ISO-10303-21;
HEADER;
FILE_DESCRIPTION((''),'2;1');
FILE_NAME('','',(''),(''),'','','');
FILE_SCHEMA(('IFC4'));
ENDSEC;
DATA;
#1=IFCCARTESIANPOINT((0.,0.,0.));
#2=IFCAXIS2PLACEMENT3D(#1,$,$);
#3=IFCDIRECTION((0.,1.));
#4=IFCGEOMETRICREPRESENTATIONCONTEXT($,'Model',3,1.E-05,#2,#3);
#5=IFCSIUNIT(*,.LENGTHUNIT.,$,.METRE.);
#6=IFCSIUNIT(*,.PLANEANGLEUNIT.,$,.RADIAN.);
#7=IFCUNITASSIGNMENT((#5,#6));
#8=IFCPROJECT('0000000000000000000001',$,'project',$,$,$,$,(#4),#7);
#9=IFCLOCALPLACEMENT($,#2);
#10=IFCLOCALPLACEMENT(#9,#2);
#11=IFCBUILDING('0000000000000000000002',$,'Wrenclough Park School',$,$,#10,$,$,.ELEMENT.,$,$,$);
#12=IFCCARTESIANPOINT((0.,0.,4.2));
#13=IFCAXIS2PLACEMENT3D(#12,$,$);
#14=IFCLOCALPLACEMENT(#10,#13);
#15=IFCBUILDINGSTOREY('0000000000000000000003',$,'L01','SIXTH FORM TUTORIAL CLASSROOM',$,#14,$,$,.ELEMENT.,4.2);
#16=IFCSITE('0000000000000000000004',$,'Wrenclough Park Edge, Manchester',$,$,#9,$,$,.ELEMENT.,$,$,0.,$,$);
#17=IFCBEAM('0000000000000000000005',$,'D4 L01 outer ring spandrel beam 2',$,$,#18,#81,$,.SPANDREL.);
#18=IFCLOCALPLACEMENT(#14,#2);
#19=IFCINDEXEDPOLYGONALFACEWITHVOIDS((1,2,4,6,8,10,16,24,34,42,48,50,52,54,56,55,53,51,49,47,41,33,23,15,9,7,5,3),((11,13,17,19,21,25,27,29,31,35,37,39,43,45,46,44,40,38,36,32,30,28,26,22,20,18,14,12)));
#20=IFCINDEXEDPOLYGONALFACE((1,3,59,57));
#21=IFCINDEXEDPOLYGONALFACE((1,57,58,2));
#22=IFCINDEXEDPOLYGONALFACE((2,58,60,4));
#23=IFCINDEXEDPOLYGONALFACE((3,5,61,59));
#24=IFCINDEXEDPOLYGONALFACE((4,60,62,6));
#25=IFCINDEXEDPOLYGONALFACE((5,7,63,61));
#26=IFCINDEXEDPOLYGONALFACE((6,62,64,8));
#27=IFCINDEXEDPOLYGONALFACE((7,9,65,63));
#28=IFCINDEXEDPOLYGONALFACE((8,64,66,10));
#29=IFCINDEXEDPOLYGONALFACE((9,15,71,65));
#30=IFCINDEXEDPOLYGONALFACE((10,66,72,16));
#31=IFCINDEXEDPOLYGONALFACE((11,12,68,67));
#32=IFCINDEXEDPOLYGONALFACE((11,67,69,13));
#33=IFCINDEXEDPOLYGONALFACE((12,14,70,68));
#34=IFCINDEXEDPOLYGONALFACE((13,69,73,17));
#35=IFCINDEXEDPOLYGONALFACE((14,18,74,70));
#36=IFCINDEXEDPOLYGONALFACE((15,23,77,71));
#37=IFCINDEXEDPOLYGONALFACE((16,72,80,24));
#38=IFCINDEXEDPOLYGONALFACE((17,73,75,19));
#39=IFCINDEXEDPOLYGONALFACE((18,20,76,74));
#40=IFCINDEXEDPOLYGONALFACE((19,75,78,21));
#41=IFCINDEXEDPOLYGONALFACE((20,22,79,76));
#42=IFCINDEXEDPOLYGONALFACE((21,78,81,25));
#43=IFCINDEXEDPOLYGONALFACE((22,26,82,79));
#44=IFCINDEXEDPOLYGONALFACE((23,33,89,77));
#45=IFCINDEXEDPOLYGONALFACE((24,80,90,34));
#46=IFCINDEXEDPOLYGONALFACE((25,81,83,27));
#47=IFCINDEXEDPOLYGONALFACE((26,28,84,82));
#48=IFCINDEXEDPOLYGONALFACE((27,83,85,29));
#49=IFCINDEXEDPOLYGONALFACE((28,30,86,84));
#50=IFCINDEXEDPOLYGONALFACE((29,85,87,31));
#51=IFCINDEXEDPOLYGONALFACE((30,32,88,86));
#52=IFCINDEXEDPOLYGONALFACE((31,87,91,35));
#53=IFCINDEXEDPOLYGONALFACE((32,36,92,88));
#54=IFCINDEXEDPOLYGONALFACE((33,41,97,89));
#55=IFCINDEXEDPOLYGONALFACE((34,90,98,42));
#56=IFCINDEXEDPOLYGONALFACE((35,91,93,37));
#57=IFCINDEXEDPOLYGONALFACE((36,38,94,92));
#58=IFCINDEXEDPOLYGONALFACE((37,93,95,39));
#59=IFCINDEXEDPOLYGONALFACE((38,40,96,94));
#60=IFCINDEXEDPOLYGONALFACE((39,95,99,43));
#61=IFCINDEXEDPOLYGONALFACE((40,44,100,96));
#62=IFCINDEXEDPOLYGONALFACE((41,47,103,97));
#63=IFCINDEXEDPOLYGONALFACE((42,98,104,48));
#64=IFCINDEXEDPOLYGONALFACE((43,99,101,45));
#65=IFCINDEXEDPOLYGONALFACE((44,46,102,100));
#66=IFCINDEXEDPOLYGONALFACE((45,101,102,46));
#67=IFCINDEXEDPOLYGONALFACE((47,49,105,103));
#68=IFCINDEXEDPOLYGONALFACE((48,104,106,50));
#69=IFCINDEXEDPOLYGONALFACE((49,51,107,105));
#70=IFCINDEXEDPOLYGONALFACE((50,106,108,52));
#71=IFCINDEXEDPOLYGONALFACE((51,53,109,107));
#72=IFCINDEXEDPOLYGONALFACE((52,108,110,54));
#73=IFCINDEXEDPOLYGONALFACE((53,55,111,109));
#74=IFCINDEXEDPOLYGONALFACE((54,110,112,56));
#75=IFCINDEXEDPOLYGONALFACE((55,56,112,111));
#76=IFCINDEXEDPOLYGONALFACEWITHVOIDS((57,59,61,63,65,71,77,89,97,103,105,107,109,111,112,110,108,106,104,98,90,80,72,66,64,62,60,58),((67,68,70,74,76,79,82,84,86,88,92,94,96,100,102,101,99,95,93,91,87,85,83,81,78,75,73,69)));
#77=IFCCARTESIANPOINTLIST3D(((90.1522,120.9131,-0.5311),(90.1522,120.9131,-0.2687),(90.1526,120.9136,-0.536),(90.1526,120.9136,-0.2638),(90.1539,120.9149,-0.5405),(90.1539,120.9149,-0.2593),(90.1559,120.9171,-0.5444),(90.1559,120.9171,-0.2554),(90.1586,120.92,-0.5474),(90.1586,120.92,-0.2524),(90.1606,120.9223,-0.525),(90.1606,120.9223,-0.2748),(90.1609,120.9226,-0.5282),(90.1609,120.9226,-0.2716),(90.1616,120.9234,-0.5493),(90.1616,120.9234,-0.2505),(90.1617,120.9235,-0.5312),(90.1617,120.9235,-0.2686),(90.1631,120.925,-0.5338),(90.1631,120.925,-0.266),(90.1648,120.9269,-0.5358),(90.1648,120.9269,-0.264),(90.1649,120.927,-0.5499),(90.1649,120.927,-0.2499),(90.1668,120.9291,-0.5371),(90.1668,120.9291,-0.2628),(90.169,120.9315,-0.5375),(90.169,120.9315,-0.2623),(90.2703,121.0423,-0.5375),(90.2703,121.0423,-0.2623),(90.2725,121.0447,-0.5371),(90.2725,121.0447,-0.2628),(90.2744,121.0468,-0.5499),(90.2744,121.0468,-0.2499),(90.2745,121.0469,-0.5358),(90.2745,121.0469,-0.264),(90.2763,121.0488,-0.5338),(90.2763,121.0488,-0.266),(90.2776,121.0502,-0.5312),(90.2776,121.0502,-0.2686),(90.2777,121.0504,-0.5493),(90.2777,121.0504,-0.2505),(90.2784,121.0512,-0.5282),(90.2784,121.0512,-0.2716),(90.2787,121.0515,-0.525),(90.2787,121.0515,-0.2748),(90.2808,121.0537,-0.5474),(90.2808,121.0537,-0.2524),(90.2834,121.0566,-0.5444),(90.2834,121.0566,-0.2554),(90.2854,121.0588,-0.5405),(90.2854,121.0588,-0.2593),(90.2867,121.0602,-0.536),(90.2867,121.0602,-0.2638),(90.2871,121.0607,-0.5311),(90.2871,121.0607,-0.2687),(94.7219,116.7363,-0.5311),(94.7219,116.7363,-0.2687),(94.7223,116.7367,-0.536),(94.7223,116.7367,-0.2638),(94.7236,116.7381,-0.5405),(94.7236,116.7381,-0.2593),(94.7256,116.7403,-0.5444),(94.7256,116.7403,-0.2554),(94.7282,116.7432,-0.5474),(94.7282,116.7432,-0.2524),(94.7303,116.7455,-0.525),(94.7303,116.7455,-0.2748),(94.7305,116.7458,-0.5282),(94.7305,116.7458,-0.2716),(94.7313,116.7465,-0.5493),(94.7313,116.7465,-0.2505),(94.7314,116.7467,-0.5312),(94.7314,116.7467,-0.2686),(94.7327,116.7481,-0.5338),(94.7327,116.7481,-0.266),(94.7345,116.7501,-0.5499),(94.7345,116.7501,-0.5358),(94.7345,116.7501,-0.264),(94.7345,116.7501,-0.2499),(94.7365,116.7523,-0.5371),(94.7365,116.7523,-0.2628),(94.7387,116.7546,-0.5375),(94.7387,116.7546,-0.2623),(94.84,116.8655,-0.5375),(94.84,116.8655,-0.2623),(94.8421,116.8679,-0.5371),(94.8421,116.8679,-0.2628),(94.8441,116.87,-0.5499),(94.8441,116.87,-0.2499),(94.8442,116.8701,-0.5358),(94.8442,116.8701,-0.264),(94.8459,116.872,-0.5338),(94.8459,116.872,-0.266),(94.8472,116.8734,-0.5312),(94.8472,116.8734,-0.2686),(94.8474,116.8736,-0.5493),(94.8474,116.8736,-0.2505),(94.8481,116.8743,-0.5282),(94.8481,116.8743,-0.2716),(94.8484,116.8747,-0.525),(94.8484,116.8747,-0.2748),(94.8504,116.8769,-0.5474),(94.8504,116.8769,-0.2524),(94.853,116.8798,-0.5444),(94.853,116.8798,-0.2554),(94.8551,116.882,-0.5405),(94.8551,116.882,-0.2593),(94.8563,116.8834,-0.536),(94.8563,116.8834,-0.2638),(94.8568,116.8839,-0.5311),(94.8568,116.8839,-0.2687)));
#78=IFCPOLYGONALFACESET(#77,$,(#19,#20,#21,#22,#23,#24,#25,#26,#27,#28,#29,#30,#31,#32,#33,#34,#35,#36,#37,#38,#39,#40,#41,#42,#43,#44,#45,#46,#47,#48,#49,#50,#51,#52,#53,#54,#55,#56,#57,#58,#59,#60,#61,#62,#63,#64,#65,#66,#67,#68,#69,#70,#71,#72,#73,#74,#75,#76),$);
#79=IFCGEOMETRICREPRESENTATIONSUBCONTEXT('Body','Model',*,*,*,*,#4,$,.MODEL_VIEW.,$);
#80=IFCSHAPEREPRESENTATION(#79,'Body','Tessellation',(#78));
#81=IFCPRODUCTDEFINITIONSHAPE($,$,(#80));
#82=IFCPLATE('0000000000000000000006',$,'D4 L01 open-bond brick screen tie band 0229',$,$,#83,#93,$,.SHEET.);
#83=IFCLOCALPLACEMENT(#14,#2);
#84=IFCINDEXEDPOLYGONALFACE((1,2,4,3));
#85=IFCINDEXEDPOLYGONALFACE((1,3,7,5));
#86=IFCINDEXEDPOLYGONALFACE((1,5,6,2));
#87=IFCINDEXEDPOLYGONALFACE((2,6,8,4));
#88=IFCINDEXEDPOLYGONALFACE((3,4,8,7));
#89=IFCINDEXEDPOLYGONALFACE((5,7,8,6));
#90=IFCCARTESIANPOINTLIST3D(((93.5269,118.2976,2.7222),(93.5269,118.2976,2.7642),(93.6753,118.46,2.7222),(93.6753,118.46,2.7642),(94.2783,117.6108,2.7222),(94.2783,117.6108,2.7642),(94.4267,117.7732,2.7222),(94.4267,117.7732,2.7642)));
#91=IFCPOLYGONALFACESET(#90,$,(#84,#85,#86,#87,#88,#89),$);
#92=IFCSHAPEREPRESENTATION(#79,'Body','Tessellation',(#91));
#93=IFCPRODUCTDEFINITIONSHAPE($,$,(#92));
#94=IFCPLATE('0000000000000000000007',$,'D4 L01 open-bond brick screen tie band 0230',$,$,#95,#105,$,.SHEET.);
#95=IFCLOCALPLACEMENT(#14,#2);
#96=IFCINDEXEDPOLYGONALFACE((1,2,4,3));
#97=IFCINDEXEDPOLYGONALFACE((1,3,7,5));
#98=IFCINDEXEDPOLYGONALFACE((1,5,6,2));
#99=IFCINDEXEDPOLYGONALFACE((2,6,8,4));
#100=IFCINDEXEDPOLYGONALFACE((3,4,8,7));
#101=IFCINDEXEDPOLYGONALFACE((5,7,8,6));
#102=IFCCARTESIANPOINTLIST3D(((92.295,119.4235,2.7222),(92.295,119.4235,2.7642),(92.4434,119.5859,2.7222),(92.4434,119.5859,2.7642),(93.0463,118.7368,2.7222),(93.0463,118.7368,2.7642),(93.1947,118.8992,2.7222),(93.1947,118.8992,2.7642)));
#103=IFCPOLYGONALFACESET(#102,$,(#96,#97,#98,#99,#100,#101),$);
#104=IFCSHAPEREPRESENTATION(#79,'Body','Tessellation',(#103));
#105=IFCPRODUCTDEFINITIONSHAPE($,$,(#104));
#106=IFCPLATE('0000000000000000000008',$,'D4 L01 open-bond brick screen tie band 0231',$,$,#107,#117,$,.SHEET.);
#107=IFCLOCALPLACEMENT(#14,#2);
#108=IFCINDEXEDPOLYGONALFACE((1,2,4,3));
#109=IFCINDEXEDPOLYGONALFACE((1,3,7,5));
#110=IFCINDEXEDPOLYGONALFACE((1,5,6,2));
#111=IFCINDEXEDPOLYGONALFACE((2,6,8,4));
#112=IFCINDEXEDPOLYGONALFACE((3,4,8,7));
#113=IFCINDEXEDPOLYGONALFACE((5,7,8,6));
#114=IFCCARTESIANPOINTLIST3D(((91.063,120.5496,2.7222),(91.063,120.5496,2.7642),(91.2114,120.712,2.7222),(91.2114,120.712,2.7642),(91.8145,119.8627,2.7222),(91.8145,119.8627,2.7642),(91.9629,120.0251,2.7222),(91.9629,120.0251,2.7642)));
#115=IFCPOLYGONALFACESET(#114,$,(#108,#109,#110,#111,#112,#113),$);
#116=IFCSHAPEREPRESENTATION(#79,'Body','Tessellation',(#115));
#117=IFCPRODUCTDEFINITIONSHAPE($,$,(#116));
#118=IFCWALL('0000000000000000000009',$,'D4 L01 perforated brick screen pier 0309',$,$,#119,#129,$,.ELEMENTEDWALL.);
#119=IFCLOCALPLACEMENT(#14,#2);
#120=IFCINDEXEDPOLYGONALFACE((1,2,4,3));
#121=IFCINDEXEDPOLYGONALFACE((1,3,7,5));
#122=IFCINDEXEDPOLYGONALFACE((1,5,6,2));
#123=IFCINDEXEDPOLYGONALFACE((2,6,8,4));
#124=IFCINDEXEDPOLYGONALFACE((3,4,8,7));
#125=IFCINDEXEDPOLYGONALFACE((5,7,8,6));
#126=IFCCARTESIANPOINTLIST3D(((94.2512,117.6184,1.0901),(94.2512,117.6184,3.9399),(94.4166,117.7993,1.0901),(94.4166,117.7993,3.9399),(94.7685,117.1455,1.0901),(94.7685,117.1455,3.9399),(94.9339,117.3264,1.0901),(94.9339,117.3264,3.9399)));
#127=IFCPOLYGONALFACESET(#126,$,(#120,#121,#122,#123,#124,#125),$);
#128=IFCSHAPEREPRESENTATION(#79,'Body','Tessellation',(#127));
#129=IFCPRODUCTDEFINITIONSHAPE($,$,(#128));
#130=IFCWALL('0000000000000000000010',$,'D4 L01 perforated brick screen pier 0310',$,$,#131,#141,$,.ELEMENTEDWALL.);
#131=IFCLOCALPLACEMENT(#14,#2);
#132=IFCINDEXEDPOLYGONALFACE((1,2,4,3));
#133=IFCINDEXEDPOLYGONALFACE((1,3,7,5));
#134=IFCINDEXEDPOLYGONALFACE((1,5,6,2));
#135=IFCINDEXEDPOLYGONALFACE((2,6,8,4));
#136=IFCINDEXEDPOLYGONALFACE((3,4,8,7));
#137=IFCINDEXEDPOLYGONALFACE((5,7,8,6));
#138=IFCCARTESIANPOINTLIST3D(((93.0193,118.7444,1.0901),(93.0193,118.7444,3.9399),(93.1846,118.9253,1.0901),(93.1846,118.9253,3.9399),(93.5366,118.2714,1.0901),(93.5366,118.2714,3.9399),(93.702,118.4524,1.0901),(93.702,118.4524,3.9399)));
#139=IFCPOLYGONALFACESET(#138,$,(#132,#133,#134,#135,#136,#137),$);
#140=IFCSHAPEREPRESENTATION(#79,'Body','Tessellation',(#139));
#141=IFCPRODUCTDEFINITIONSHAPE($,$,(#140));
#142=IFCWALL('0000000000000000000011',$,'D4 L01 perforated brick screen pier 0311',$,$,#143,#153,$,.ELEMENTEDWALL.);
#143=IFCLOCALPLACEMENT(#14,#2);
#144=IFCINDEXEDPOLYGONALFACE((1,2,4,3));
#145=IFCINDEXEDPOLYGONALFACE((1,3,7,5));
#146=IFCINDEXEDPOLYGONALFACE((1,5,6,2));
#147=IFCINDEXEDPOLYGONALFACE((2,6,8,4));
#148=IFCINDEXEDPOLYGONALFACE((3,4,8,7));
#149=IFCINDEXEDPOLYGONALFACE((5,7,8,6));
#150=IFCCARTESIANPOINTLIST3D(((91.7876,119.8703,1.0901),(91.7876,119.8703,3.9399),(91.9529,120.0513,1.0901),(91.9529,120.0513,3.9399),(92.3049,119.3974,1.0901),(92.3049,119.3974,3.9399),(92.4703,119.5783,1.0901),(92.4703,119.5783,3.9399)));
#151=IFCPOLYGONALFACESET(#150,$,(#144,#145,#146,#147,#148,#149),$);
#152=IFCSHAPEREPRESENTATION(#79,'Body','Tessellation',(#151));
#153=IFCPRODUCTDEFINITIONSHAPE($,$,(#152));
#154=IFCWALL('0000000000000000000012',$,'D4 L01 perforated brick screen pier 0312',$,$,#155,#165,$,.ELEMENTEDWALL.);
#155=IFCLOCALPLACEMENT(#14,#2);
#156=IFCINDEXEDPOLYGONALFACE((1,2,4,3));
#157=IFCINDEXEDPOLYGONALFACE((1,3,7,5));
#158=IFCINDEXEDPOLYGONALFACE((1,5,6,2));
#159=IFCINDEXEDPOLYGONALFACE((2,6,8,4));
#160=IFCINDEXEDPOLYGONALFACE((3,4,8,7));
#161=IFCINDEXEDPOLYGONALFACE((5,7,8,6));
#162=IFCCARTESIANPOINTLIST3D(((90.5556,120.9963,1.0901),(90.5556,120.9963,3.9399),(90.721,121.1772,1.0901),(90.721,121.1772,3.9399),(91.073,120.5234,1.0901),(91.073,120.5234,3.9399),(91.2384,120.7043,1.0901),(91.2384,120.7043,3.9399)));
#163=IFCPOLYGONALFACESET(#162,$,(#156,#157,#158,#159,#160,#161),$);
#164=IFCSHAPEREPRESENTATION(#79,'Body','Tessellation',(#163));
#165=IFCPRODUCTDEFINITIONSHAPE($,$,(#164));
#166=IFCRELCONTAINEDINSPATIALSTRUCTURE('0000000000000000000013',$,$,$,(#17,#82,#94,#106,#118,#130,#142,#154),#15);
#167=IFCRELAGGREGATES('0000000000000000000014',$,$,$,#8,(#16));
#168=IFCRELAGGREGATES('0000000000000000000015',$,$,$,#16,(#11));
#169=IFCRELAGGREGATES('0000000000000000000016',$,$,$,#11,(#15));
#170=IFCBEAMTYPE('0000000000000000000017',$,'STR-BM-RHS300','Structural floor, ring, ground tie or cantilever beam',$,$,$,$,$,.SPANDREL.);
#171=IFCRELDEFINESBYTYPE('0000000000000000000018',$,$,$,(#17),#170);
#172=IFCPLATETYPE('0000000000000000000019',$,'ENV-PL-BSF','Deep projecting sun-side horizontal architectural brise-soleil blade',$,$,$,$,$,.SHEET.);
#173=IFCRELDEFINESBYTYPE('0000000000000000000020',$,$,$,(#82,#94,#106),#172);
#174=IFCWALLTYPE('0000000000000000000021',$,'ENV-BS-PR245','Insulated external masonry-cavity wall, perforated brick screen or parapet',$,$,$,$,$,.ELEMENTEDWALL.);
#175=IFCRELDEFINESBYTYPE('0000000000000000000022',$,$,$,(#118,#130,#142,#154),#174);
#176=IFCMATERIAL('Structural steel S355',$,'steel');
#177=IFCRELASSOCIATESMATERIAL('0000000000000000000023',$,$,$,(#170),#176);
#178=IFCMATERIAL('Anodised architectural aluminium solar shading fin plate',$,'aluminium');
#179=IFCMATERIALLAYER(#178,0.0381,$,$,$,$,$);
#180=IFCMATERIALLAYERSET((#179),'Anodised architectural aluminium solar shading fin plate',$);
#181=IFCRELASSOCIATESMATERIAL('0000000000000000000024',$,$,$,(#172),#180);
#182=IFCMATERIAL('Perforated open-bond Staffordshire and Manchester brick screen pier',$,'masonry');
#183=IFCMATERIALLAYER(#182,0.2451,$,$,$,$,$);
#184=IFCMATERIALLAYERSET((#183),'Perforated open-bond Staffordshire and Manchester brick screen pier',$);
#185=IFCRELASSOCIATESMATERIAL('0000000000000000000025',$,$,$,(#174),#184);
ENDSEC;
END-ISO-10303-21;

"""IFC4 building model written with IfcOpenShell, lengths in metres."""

from ifc_helpers import new_model, si_unit, direction, frame, frame_2d, origin, origin_2d, place, context, subcontext, project, spatial, rectangle, hollow_rectangle, extrude, material, layer, layer_set, material_profile, profile_set, type_object, element, save


model = new_model("IFC4")

# Units and contexts
model_context = context("Model", 3, precision=1e-05, world=origin(), true_north=direction((0.0, 1.0)))
body_context = subcontext(model_context, "Body", "Model", "MODEL_VIEW")
ifc_project = project(units=[si_unit("LENGTHUNIT", "METRE"), si_unit("PLANEANGLEUNIT", "RADIAN")], contexts=[model_context])

# Site, building, storey
site_placement = place(None, origin())
site = spatial("IfcSite", under=ifc_project, at=site_placement, Name="Wrenclough Park Edge, Manchester", CompositionType="ELEMENT", RefElevation=0.0)
building_placement = place(site_placement, origin())
building = spatial("IfcBuilding", under=site, at=building_placement, Name="Wrenclough Park School", CompositionType="ELEMENT")
storey_placement = place(building_placement, frame((0.0, 0.0, 4.2)))
storey = spatial("IfcBuildingStorey", under=building, at=storey_placement, Name="L01", Description="SIXTH FORM TUTORIAL CLASSROOM", CompositionType="ELEMENT", Elevation=4.2)

# Shared definitions
ifc_material_1 = material(Name="Structural steel S355", Category="steel")

# Beam
ifc_material_profile_1 = material_profile(ifc_material_1, hollow_rectangle(XDim=0.2, YDim=0.3, WallThickness=0.0125, InnerFilletRadius=0.0125, OuterFilletRadius=0.0188, at=origin_2d()), Name="RHS 300x200x12.5")
ifc_profile_set_1 = profile_set([ifc_material_profile_1], Name="Structural steel S355")
beam_type = type_object("IfcBeamType", Name="STR-BM-RHS300", Description="Structural floor, ring, ground tie or cantilever beam", PredefinedType="SPANDREL", material=ifc_profile_set_1)
beam_placement = place(storey_placement, frame((94.7893, 116.8101, -0.3999), z_axis=(-0.738121, 0.674669, 0.0), x_axis=(-0.674669, -0.738121, 0.0)))
element("IfcBeam", 1, at=beam_placement, inside=storey, type_object=beam_type, Name="D4 L01 outer ring spandrel beam 2", PredefinedType="SPANDREL", context=body_context, shape_type="SweptSolid", body=[
    extrude(hollow_rectangle(XDim=0.2, YDim=0.3, WallThickness=0.0125, InnerFilletRadius=0.0125, OuterFilletRadius=0.0188, at=origin_2d()), origin(), (0.0, 0.0, 1.0), 6.1909),
])

# Plates
ifc_material_2 = material(Name="Anodised architectural aluminium solar shading fin plate", Category="aluminium")
ifc_layer_1 = layer(ifc_material_2, 0.0381)
ifc_layer_set_1 = layer_set([ifc_layer_1], Name="Anodised architectural aluminium solar shading fin plate")
plate_type = type_object("IfcPlateType", Name="ENV-PL-BSF", Description="Deep projecting sun-side horizontal architectural brise-soleil blade", PredefinedType="SHEET", material=ifc_layer_set_1)
plate_1_placement = place(storey_placement, frame((93.9768, 118.0354, 2.7222), z_axis=(0.0, 0.0, 1.0), x_axis=(-0.738122, 0.674667, 0.0)))
element("IfcPlate", 2, at=plate_1_placement, inside=storey, type_object=plate_type, Name="D4 L01 open-bond brick screen tie band 0229", PredefinedType="SHEET", context=body_context, shape_type="SweptSolid", body=[
    extrude(rectangle(XDim=1.0181, YDim=0.22, at=origin_2d()), origin(), (0.0, 0.0, 1.0), 0.042),
])
plate_2_placement = place(storey_placement, frame((92.7449, 119.1614, 2.7222), z_axis=(0.0, 0.0, 1.0), x_axis=(-0.738122, 0.674667, 0.0)))
element("IfcPlate", 3, at=plate_2_placement, inside=storey, type_object=plate_type, Name="D4 L01 open-bond brick screen tie band 0230", PredefinedType="SHEET", context=body_context, shape_type="SweptSolid", body=[
    extrude(rectangle(XDim=1.0178, YDim=0.22, at=origin_2d()), origin(), (0.0, 0.0, 1.0), 0.042),
])
plate_3_placement = place(storey_placement, frame((91.5129, 120.2874, 2.7222), z_axis=(0.0, 0.0, 1.0), x_axis=(-0.738122, 0.674667, 0.0)))
element("IfcPlate", 4, at=plate_3_placement, inside=storey, type_object=plate_type, Name="D4 L01 open-bond brick screen tie band 0231", PredefinedType="SHEET", context=body_context, shape_type="SweptSolid", body=[
    extrude(rectangle(XDim=1.0181, YDim=0.22, at=origin_2d()), origin(), (0.0, 0.0, 1.0), 0.042),
])

# Walls
ifc_material_3 = material(Name="Perforated open-bond Staffordshire and Manchester brick screen pier", Category="masonry")
ifc_layer_2 = layer(ifc_material_3, 0.2451)
ifc_layer_set_2 = layer_set([ifc_layer_2], Name="Perforated open-bond Staffordshire and Manchester brick screen pier")
wall_type_1 = type_object("IfcWallType", Name="ENV-BS-PR245", Description="Insulated external masonry-cavity wall, perforated brick screen or parapet", PredefinedType="ELEMENTEDWALL", material=ifc_layer_set_2)
for number, where, z_axis, x_axis, name in (
    (5, (94.8513, 117.2358, 1.0901), (0.0, 0.0, 1.0), (-0.738093, 0.674699, 0.0), "D4 L01 perforated brick screen pier 0309"),
    (6, (93.6194, 118.3618, 1.0901), (0.0, 0.0, 1.0), (-0.738093, 0.674699, 0.0), "D4 L01 perforated brick screen pier 0310"),
    (7, (92.3877, 119.4878, 1.0901), (0.0, 0.0, 1.0), (-0.738093, 0.674699, 0.0), "D4 L01 perforated brick screen pier 0311"),
    (8, (91.1558, 120.6138, 1.0901), (0.0, 0.0, 1.0), (-0.738093, 0.674699, 0.0), "D4 L01 perforated brick screen pier 0312"),
):
    element("IfcWall", number, at=place(storey_placement, frame(where, z_axis=z_axis, x_axis=x_axis)), inside=storey, type_object=wall_type_1, Name=name, PredefinedType="ELEMENTEDWALL", context=body_context, shape_type="SweptSolid", body=[
        extrude(rectangle(XDim=0.7009, YDim=0.2451, at=frame_2d((0.3506, 0.0))), origin(), (0.0, 0.0, 1.0), 2.8499),
    ])

save(model, "model.ifc")
